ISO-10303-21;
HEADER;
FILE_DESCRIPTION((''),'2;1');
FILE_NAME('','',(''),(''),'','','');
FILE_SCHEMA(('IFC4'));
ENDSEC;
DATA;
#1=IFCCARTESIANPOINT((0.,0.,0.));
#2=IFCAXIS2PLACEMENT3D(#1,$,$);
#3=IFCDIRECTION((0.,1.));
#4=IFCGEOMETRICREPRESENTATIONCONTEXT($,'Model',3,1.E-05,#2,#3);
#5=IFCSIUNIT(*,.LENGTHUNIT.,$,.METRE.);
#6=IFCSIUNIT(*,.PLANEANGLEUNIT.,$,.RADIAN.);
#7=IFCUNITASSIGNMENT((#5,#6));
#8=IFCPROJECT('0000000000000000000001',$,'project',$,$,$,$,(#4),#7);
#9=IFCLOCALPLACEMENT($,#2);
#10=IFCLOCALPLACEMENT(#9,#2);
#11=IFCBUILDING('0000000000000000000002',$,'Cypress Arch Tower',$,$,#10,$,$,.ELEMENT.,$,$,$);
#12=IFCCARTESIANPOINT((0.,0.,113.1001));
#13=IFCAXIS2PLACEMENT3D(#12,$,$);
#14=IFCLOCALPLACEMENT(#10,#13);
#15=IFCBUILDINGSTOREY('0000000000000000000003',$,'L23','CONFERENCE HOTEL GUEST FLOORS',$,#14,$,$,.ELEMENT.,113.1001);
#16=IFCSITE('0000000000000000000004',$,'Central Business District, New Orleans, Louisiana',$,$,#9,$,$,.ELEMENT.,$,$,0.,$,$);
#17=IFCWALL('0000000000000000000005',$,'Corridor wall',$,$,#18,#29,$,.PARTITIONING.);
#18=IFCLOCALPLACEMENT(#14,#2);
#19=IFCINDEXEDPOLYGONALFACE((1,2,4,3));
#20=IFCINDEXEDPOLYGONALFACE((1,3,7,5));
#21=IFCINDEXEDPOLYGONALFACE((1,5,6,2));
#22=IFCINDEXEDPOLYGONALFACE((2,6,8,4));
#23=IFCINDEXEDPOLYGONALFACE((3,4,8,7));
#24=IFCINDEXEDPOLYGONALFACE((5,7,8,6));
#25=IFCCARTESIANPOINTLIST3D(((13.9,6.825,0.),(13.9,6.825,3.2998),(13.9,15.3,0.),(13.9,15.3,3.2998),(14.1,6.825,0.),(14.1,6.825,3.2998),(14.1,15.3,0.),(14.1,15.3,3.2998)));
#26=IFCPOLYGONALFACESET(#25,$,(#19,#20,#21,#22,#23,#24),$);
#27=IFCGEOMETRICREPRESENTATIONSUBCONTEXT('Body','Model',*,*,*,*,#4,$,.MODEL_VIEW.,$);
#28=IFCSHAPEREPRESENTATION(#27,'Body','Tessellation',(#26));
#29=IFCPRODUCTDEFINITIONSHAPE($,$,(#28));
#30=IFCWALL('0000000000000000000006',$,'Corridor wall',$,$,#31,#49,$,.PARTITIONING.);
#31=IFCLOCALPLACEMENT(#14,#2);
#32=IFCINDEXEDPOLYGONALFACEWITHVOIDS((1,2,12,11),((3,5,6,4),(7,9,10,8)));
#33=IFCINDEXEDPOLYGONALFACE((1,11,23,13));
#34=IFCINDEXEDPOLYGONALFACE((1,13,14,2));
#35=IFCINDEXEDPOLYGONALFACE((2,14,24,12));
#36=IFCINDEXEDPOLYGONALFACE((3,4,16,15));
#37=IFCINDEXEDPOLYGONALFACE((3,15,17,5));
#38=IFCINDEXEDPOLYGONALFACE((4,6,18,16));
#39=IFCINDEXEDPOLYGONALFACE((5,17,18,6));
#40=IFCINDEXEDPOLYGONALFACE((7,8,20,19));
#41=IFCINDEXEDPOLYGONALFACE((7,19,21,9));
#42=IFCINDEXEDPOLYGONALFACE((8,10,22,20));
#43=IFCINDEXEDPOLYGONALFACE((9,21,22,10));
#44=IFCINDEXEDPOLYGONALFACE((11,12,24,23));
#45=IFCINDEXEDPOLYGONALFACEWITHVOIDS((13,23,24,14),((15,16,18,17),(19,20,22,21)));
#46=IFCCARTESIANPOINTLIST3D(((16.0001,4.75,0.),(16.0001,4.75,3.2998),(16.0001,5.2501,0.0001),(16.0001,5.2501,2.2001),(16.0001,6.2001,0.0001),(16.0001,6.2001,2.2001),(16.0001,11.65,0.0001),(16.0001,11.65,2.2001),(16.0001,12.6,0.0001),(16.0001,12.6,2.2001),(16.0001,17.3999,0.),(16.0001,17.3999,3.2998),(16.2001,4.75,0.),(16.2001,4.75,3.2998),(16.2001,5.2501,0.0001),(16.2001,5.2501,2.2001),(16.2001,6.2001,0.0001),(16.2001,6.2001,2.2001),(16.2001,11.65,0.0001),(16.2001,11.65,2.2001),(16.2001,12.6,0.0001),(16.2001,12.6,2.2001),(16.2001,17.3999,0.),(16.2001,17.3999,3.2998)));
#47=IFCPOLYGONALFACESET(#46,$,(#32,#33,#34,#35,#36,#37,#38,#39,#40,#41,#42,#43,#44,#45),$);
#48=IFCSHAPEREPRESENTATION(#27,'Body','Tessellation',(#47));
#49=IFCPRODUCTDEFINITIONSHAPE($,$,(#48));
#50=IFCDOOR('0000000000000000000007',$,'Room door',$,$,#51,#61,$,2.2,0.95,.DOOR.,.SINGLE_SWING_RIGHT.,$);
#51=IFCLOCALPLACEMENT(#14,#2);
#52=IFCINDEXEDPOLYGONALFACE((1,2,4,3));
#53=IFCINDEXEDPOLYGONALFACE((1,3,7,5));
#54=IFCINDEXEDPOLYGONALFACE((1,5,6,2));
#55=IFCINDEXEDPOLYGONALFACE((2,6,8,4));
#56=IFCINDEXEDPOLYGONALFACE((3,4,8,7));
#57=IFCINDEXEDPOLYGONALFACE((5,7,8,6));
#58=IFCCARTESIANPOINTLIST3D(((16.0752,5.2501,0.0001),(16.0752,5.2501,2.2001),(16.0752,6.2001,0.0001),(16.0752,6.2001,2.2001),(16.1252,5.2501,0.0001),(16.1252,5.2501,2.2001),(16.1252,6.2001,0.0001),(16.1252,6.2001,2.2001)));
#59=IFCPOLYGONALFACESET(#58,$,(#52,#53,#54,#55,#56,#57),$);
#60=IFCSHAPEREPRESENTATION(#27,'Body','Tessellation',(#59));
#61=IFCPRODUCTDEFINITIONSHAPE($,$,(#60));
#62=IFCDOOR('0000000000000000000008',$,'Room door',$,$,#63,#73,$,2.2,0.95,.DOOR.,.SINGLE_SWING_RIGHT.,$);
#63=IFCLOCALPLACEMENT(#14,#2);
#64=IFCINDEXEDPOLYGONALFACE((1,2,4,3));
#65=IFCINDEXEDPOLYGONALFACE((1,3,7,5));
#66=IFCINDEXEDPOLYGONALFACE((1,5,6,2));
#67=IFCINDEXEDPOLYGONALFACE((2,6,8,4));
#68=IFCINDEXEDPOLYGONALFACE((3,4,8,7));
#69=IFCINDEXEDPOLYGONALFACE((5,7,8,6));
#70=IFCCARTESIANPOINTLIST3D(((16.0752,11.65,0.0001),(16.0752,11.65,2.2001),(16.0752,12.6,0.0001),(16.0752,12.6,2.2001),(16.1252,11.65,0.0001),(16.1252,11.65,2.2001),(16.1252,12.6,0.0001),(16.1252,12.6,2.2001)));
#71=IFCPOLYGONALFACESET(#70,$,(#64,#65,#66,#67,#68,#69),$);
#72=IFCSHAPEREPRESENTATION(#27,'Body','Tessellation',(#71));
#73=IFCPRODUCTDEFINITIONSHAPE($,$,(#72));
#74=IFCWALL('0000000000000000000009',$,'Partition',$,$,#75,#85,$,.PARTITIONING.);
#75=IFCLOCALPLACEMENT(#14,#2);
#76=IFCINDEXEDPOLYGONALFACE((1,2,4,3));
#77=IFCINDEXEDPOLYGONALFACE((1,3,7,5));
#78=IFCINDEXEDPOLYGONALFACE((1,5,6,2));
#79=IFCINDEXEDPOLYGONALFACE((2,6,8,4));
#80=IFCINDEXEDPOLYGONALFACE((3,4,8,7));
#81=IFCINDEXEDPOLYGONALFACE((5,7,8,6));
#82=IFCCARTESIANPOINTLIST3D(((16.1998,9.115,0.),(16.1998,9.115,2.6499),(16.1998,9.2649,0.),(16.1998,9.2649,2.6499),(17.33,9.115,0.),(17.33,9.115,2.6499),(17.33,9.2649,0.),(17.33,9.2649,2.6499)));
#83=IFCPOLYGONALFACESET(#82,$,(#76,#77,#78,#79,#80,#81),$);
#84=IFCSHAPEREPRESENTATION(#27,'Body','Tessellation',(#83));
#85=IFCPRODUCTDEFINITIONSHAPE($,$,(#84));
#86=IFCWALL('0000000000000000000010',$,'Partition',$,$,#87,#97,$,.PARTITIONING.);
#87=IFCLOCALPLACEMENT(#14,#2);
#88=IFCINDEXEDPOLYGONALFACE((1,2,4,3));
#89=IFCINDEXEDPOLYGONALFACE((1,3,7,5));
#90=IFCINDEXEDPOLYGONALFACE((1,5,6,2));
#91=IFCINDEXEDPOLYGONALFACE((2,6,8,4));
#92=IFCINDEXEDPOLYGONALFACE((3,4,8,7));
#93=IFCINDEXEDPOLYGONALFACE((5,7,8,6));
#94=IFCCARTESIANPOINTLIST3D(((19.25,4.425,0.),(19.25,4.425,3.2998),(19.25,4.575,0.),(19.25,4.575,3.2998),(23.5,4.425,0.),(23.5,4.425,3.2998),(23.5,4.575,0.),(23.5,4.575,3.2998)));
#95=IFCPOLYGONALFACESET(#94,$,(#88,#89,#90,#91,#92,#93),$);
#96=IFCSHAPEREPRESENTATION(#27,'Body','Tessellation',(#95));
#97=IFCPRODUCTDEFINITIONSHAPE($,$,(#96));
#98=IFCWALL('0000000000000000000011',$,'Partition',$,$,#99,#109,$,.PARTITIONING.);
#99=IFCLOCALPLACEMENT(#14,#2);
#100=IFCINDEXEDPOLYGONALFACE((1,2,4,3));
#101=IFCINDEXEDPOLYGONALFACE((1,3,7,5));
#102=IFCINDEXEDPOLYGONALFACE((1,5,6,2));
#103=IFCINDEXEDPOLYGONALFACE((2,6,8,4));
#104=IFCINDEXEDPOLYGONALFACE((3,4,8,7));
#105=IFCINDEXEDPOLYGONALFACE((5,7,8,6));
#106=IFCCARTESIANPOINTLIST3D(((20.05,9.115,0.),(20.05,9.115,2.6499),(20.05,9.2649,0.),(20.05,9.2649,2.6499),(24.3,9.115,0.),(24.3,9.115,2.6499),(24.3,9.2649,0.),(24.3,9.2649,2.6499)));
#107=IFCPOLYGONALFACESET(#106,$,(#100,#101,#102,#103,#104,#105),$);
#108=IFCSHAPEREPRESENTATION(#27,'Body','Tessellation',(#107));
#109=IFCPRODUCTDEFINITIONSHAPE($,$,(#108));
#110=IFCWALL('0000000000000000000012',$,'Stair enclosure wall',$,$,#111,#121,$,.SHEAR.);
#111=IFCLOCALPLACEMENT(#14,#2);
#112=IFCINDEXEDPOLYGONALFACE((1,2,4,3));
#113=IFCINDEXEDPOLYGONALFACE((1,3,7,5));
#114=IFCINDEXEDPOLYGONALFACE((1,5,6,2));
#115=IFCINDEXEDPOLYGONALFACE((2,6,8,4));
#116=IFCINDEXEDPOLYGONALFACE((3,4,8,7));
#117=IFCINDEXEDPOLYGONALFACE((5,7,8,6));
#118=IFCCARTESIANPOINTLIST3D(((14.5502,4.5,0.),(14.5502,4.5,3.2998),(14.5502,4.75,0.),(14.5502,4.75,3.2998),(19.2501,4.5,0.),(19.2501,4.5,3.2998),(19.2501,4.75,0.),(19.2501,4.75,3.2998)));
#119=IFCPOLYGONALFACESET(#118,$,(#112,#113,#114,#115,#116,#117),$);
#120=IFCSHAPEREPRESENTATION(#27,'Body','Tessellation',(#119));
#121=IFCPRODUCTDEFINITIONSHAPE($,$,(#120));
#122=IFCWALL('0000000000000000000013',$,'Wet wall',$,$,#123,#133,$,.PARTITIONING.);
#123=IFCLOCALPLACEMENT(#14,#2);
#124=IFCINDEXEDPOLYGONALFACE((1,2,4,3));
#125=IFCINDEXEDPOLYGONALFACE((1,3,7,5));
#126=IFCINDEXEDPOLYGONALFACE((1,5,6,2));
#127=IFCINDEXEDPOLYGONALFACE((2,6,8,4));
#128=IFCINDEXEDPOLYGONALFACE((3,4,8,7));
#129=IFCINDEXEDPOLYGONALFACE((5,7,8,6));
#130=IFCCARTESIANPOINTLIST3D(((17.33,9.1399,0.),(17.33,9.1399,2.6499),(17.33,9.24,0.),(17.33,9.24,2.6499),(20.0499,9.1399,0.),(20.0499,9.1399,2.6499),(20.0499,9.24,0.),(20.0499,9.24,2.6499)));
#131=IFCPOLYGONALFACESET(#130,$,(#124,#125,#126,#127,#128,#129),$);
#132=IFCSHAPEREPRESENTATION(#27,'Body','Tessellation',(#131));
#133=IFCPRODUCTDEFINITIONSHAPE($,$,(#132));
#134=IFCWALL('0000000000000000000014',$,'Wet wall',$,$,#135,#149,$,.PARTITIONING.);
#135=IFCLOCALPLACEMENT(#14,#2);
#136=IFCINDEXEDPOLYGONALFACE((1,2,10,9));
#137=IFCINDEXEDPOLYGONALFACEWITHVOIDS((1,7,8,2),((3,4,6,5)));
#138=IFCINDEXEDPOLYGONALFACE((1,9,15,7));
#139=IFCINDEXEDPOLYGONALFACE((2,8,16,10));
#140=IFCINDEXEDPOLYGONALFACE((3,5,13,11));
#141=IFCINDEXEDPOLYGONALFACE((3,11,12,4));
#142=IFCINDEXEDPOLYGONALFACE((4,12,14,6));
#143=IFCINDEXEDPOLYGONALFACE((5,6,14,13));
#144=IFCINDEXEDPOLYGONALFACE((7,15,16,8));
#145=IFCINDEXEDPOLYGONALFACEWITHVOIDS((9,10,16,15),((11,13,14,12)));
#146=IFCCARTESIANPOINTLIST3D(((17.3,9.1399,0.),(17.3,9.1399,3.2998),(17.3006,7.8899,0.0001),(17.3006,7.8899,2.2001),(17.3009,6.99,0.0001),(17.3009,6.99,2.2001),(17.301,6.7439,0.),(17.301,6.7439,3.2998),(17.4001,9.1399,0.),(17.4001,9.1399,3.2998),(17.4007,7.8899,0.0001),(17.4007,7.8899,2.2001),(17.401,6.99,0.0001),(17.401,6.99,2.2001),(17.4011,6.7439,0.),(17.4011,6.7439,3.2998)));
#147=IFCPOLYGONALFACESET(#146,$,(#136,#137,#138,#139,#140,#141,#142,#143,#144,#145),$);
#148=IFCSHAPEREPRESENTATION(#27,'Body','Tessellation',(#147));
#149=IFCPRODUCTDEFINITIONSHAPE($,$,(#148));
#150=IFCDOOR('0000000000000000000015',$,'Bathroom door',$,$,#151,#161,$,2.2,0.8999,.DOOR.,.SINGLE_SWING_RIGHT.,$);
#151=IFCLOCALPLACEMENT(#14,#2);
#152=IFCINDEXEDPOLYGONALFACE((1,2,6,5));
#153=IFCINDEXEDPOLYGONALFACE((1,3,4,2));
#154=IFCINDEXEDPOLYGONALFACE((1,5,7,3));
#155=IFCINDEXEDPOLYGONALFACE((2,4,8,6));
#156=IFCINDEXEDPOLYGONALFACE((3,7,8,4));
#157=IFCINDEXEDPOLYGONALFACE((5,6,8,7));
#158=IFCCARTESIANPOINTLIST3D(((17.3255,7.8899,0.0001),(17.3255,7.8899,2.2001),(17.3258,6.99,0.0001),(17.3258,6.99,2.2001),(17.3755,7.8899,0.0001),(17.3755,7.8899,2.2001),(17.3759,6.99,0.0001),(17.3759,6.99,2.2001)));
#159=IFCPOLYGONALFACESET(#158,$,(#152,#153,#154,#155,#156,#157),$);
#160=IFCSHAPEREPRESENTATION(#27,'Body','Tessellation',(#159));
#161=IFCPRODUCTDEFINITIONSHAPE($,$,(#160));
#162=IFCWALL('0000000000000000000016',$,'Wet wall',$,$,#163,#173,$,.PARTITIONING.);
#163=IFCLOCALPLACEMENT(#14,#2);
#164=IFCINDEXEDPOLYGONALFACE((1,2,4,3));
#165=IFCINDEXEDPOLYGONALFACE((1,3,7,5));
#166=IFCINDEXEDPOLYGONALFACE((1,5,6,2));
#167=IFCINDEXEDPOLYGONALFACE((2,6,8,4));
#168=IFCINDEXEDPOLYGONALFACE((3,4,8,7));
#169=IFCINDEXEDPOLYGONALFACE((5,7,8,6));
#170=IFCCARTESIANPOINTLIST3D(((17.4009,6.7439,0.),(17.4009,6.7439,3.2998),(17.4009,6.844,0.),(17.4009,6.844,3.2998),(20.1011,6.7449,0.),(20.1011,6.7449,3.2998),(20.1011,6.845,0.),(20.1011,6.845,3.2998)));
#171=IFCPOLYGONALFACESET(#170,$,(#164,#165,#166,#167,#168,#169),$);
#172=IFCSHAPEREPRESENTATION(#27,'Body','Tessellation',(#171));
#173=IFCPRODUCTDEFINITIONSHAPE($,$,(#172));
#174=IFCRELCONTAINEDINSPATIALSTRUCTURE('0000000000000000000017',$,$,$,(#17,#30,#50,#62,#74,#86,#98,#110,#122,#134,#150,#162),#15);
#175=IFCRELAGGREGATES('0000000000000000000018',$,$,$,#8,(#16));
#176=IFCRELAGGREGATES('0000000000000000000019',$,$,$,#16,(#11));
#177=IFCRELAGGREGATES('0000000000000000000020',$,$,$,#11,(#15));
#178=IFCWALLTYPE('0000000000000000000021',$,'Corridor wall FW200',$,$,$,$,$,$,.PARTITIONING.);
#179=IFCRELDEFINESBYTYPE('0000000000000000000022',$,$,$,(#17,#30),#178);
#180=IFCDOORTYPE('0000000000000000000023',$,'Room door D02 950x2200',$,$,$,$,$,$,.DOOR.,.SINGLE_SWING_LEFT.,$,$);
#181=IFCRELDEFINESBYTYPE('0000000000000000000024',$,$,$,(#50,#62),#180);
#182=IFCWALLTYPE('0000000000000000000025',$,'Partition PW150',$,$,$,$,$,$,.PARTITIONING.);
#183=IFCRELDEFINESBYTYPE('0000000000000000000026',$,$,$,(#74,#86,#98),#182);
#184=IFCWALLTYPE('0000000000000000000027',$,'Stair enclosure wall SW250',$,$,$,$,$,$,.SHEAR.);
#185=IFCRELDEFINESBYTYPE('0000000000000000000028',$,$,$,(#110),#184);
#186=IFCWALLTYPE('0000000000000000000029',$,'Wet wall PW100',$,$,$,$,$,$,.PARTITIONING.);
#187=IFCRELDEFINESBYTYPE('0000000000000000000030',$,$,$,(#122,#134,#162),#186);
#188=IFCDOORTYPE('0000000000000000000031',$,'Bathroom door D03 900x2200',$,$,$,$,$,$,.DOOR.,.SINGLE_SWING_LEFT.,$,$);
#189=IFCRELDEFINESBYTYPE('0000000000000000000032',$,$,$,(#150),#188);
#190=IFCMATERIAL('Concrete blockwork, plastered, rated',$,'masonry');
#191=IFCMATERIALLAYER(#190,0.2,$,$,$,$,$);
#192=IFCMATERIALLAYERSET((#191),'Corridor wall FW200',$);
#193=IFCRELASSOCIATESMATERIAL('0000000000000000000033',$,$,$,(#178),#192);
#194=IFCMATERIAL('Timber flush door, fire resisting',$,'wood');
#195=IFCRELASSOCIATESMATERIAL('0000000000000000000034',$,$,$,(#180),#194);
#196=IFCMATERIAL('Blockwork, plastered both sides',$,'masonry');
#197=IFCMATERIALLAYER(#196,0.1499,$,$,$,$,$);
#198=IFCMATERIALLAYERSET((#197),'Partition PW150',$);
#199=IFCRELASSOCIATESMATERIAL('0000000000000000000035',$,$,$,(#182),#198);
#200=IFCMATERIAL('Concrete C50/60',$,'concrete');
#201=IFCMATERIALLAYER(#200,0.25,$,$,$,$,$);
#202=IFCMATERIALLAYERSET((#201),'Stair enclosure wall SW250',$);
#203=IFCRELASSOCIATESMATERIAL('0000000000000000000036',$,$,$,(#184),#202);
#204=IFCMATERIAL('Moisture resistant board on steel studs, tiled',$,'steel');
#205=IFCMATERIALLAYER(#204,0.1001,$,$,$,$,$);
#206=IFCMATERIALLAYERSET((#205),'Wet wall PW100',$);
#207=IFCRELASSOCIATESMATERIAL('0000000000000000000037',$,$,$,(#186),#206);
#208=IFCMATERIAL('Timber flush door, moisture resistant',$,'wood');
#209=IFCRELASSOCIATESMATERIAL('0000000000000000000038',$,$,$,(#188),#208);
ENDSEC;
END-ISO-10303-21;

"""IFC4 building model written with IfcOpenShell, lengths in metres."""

from ifc_helpers import new_model, si_unit, direction, frame, frame_2d, origin, place, context, subcontext, project, spatial, rectangle, extrude, material, layer, layer_set, type_object, element, fill, save


model = new_model("IFC4")

# Units and contexts
model_context = context("Model", 3, precision=1e-05, world=origin(), true_north=direction((0.0, 1.0)))
body_context = subcontext(model_context, "Body", "Model", "MODEL_VIEW")
ifc_project = project(units=[si_unit("LENGTHUNIT", "METRE"), si_unit("PLANEANGLEUNIT", "RADIAN")], contexts=[model_context])

# Site, building, storey
site_placement = place(None, origin())
site = spatial("IfcSite", under=ifc_project, at=site_placement, Name="Central Business District, New Orleans, Louisiana", CompositionType="ELEMENT", RefElevation=0.0)
building_placement = place(site_placement, origin())
building = spatial("IfcBuilding", under=site, at=building_placement, Name="Cypress Arch Tower", CompositionType="ELEMENT")
storey_placement = place(building_placement, frame((0.0, 0.0, 113.1001)))
storey = spatial("IfcBuildingStorey", under=building, at=storey_placement, Name="L23", Description="CONFERENCE HOTEL GUEST FLOORS", CompositionType="ELEMENT", Elevation=113.1001)

# Shared definitions
ifc_material_1 = material(Name="Concrete blockwork, plastered, rated", Category="masonry")
ifc_layer_1 = layer(ifc_material_1, 0.2)
ifc_layer_set_1 = layer_set([ifc_layer_1], Name="Corridor wall FW200")
wall_type_1 = type_object("IfcWallType", Name="Corridor wall FW200", PredefinedType="PARTITIONING", material=ifc_layer_set_1)

# Wall
wall_1_placement = place(storey_placement, frame((14.0, 6.825, 0.0), z_axis=(0.0, 0.0, 1.0), x_axis=(0.0, 1.0, 0.0)))
element("IfcWall", 1, at=wall_1_placement, inside=storey, type_object=wall_type_1, Name="Corridor wall", PredefinedType="PARTITIONING", context=body_context, shape_type="SweptSolid", body=[
    extrude(rectangle(XDim=8.4751, YDim=0.2, at=frame_2d((4.2375, 0.0))), origin(), (0.0, 0.0, 1.0), 3.2998),
])

# Wall, openings, doors
wall_2_placement = place(storey_placement, frame((16.1001, 4.75, 0.0), z_axis=(0.0, 0.0, 1.0), x_axis=(0.0, 1.0, 0.0)))
wall_2 = element("IfcWall", 2, at=wall_2_placement, inside=storey, type_object=wall_type_1, Name="Corridor wall", PredefinedType="PARTITIONING", context=body_context, shape_type="SweptSolid", body=[
    extrude(rectangle(XDim=12.6499, YDim=0.2, at=frame_2d((6.325, 0.0))), origin(), (0.0, 0.0, 1.0), 3.2998),
])
opening_1_placement = place(wall_2_placement, frame((0.5, 0.0, 0.0)))
opening_1 = element("IfcOpeningElement", 3, at=opening_1_placement, cuts=wall_2, PredefinedType="OPENING", context=body_context, shape_type="SweptSolid", body=[
    extrude(rectangle(XDim=0.95, YDim=2.2, at=frame_2d((0.4751, 1.1001))), frame((0.0, 0.1099, 0.0), z_axis=(0.0, -1.0, 0.0), x_axis=(1.0, 0.0, 0.0)), (0.0, 0.0, 1.0), 0.22),
])
opening_2_placement = place(wall_2_placement, frame((6.8999, 0.0, 0.0)))
opening_2 = element("IfcOpeningElement", 4, at=opening_2_placement, cuts=wall_2, PredefinedType="OPENING", context=body_context, shape_type="SweptSolid", body=[
    extrude(rectangle(XDim=0.95, YDim=2.2, at=frame_2d((0.4751, 1.1001))), frame((0.0, 0.1099, 0.0), z_axis=(0.0, -1.0, 0.0), x_axis=(1.0, 0.0, 0.0)), (0.0, 0.0, 1.0), 0.22),
])
ifc_material_2 = material(Name="Timber flush door, fire resisting", Category="wood")
door_type_1 = type_object("IfcDoorType", Name="Room door D02 950x2200", OperationType="SINGLE_SWING_LEFT", PredefinedType="DOOR", material=ifc_material_2)
door_1_placement = place(opening_1_placement, origin())
door_1 = element("IfcDoor", 5, at=door_1_placement, inside=storey, type_object=door_type_1, Name="Room door", OperationType="SINGLE_SWING_RIGHT", OverallHeight=2.2, OverallWidth=0.95, PredefinedType="DOOR", context=body_context, shape_type="SweptSolid", body=[
    extrude(rectangle(XDim=0.95, YDim=2.2, at=frame_2d((0.4751, 1.1001))), frame((0.0, 0.0249, 0.0), z_axis=(0.0, -1.0, 0.0), x_axis=(1.0, 0.0, 0.0)), (0.0, 0.0, 1.0), 0.05),
])
fill(opening_1, door_1)
door_2_placement = place(opening_2_placement, origin())
door_2 = element("IfcDoor", 6, at=door_2_placement, inside=storey, type_object=door_type_1, Name="Room door", OperationType="SINGLE_SWING_RIGHT", OverallHeight=2.2, OverallWidth=0.95, PredefinedType="DOOR", context=body_context, shape_type="SweptSolid", body=[
    extrude(rectangle(XDim=0.95, YDim=2.2, at=frame_2d((0.4751, 1.1001))), frame((0.0, 0.0249, 0.0), z_axis=(0.0, -1.0, 0.0), x_axis=(1.0, 0.0, 0.0)), (0.0, 0.0, 1.0), 0.05),
])
fill(opening_2, door_2)

# Walls
ifc_material_3 = material(Name="Blockwork, plastered both sides", Category="masonry")
ifc_layer_2 = layer(ifc_material_3, 0.1499)
ifc_layer_set_2 = layer_set([ifc_layer_2], Name="Partition PW150")
wall_type_2 = type_object("IfcWallType", Name="Partition PW150", PredefinedType="PARTITIONING", material=ifc_layer_set_2)
wall_3_placement = place(storey_placement, frame((16.2, 9.1899, 0.0), z_axis=(0.0, 0.0, 1.0), x_axis=(1.0, 0.0, 0.0)))
element("IfcWall", 7, at=wall_3_placement, inside=storey, type_object=wall_type_2, Name="Partition", PredefinedType="PARTITIONING", context=body_context, shape_type="SweptSolid", body=[
    extrude(rectangle(XDim=1.1301, YDim=0.1499, at=frame_2d((0.5649, 0.0))), origin(), (0.0, 0.0, 1.0), 2.6499),
])
wall_4_placement = place(storey_placement, frame((19.25, 4.5, 0.0), z_axis=(0.0, 0.0, 1.0), x_axis=(1.0, 0.0, 0.0)))
element("IfcWall", 8, at=wall_4_placement, inside=storey, type_object=wall_type_2, Name="Partition", PredefinedType="PARTITIONING", context=body_context, shape_type="SweptSolid", body=[
    extrude(rectangle(XDim=4.25, YDim=0.1499, at=frame_2d((2.125, 0.0))), origin(), (0.0, 0.0, 1.0), 3.2998),
])
wall_5_placement = place(storey_placement, frame((20.05, 9.1899, 0.0), z_axis=(0.0, 0.0, 1.0), x_axis=(1.0, 0.0, 0.0)))
element("IfcWall", 9, at=wall_5_placement, inside=storey, type_object=wall_type_2, Name="Partition", PredefinedType="PARTITIONING", context=body_context, shape_type="SweptSolid", body=[
    extrude(rectangle(XDim=4.25, YDim=0.1499, at=frame_2d((2.125, 0.0))), origin(), (0.0, 0.0, 1.0), 2.6499),
])
ifc_material_4 = material(Name="Concrete C50/60", Category="concrete")
ifc_layer_3 = layer(ifc_material_4, 0.25)
ifc_layer_set_3 = layer_set([ifc_layer_3], Name="Stair enclosure wall SW250")
wall_type_3 = type_object("IfcWallType", Name="Stair enclosure wall SW250", PredefinedType="SHEAR", material=ifc_layer_set_3)
wall_6_placement = place(storey_placement, frame((14.55, 4.625, 0.0), z_axis=(0.0, 0.0, 1.0), x_axis=(1.0, 0.0, 0.0)))
element("IfcWall", 10, at=wall_6_placement, inside=storey, type_object=wall_type_3, Name="Stair enclosure wall", PredefinedType="SHEAR", context=body_context, shape_type="SweptSolid", body=[
    extrude(rectangle(XDim=4.7, YDim=0.25, at=frame_2d((2.3501, 0.0))), origin(), (0.0, 0.0, 1.0), 3.2998),
])
ifc_material_5 = material(Name="Moisture resistant board on steel studs, tiled", Category="steel")
ifc_layer_4 = layer(ifc_material_5, 0.1001)
ifc_layer_set_4 = layer_set([ifc_layer_4], Name="Wet wall PW100")
wall_type_4 = type_object("IfcWallType", Name="Wet wall PW100", PredefinedType="PARTITIONING", material=ifc_layer_set_4)
wall_7_placement = place(storey_placement, frame((17.3301, 9.1899, 0.0), z_axis=(0.0, 0.0, 1.0), x_axis=(1.0, 0.0, 0.0)))
element("IfcWall", 11, at=wall_7_placement, inside=storey, type_object=wall_type_4, Name="Wet wall", PredefinedType="PARTITIONING", context=body_context, shape_type="SweptSolid", body=[
    extrude(rectangle(XDim=2.72, YDim=0.1001, at=frame_2d((1.3599, 0.0))), origin(), (0.0, 0.0, 1.0), 2.6499),
])

# Wall, opening, door
wall_8_placement = place(storey_placement, frame((17.3501, 9.1399, 0.0), z_axis=(0.0, 0.0, 1.0), x_axis=(0.000408, -1.0, 0.0)))
wall_8 = element("IfcWall", 12, at=wall_8_placement, inside=storey, type_object=wall_type_4, Name="Wet wall", PredefinedType="PARTITIONING", context=body_context, shape_type="SweptSolid", body=[
    extrude(rectangle(XDim=2.396, YDim=0.1001, at=frame_2d((1.198, 0.0))), origin(), (0.0, 0.0, 1.0), 3.2998),
])
opening_3_placement = place(wall_8_placement, frame((1.25, 0.0, 0.0)))
opening_3 = element("IfcOpeningElement", 13, at=opening_3_placement, cuts=wall_8, PredefinedType="OPENING", context=body_context, shape_type="SweptSolid", body=[
    extrude(rectangle(XDim=0.8999, YDim=2.2, at=frame_2d((0.45, 1.1001))), frame((0.0, 0.0601, 0.0), z_axis=(0.0, -1.0, 0.0), x_axis=(1.0, 0.0, 0.0)), (0.0, 0.0, 1.0), 0.1201),
])
ifc_material_6 = material(Name="Timber flush door, moisture resistant", Category="wood")
door_type_2 = type_object("IfcDoorType", Name="Bathroom door D03 900x2200", OperationType="SINGLE_SWING_LEFT", PredefinedType="DOOR", material=ifc_material_6)
door_3_placement = place(opening_3_placement, origin())
door_3 = element("IfcDoor", 14, at=door_3_placement, inside=storey, type_object=door_type_2, Name="Bathroom door", OperationType="SINGLE_SWING_RIGHT", OverallHeight=2.2, OverallWidth=0.8999, PredefinedType="DOOR", context=body_context, shape_type="SweptSolid", body=[
    extrude(rectangle(XDim=0.8999, YDim=2.2, at=frame_2d((0.45, 1.1001))), frame((0.0, 0.0249, 0.0), z_axis=(0.0, -1.0, 0.0), x_axis=(1.0, 0.0, 0.0)), (0.0, 0.0, 1.0), 0.05),
])
fill(opening_3, door_3)

# Wall
wall_9_placement = place(storey_placement, frame((17.4009, 6.7939, 0.0), z_axis=(0.0, 0.0, 1.0), x_axis=(1.0, 0.000362, 0.0)))
element("IfcWall", 15, at=wall_9_placement, inside=storey, type_object=wall_type_4, Name="Wet wall", PredefinedType="PARTITIONING", context=body_context, shape_type="SweptSolid", body=[
    extrude(rectangle(XDim=2.7002, YDim=0.1001, at=frame_2d((1.3501, 0.0))), origin(), (0.0, 0.0, 1.0), 3.2998),
])

save(model, "model.ifc")
